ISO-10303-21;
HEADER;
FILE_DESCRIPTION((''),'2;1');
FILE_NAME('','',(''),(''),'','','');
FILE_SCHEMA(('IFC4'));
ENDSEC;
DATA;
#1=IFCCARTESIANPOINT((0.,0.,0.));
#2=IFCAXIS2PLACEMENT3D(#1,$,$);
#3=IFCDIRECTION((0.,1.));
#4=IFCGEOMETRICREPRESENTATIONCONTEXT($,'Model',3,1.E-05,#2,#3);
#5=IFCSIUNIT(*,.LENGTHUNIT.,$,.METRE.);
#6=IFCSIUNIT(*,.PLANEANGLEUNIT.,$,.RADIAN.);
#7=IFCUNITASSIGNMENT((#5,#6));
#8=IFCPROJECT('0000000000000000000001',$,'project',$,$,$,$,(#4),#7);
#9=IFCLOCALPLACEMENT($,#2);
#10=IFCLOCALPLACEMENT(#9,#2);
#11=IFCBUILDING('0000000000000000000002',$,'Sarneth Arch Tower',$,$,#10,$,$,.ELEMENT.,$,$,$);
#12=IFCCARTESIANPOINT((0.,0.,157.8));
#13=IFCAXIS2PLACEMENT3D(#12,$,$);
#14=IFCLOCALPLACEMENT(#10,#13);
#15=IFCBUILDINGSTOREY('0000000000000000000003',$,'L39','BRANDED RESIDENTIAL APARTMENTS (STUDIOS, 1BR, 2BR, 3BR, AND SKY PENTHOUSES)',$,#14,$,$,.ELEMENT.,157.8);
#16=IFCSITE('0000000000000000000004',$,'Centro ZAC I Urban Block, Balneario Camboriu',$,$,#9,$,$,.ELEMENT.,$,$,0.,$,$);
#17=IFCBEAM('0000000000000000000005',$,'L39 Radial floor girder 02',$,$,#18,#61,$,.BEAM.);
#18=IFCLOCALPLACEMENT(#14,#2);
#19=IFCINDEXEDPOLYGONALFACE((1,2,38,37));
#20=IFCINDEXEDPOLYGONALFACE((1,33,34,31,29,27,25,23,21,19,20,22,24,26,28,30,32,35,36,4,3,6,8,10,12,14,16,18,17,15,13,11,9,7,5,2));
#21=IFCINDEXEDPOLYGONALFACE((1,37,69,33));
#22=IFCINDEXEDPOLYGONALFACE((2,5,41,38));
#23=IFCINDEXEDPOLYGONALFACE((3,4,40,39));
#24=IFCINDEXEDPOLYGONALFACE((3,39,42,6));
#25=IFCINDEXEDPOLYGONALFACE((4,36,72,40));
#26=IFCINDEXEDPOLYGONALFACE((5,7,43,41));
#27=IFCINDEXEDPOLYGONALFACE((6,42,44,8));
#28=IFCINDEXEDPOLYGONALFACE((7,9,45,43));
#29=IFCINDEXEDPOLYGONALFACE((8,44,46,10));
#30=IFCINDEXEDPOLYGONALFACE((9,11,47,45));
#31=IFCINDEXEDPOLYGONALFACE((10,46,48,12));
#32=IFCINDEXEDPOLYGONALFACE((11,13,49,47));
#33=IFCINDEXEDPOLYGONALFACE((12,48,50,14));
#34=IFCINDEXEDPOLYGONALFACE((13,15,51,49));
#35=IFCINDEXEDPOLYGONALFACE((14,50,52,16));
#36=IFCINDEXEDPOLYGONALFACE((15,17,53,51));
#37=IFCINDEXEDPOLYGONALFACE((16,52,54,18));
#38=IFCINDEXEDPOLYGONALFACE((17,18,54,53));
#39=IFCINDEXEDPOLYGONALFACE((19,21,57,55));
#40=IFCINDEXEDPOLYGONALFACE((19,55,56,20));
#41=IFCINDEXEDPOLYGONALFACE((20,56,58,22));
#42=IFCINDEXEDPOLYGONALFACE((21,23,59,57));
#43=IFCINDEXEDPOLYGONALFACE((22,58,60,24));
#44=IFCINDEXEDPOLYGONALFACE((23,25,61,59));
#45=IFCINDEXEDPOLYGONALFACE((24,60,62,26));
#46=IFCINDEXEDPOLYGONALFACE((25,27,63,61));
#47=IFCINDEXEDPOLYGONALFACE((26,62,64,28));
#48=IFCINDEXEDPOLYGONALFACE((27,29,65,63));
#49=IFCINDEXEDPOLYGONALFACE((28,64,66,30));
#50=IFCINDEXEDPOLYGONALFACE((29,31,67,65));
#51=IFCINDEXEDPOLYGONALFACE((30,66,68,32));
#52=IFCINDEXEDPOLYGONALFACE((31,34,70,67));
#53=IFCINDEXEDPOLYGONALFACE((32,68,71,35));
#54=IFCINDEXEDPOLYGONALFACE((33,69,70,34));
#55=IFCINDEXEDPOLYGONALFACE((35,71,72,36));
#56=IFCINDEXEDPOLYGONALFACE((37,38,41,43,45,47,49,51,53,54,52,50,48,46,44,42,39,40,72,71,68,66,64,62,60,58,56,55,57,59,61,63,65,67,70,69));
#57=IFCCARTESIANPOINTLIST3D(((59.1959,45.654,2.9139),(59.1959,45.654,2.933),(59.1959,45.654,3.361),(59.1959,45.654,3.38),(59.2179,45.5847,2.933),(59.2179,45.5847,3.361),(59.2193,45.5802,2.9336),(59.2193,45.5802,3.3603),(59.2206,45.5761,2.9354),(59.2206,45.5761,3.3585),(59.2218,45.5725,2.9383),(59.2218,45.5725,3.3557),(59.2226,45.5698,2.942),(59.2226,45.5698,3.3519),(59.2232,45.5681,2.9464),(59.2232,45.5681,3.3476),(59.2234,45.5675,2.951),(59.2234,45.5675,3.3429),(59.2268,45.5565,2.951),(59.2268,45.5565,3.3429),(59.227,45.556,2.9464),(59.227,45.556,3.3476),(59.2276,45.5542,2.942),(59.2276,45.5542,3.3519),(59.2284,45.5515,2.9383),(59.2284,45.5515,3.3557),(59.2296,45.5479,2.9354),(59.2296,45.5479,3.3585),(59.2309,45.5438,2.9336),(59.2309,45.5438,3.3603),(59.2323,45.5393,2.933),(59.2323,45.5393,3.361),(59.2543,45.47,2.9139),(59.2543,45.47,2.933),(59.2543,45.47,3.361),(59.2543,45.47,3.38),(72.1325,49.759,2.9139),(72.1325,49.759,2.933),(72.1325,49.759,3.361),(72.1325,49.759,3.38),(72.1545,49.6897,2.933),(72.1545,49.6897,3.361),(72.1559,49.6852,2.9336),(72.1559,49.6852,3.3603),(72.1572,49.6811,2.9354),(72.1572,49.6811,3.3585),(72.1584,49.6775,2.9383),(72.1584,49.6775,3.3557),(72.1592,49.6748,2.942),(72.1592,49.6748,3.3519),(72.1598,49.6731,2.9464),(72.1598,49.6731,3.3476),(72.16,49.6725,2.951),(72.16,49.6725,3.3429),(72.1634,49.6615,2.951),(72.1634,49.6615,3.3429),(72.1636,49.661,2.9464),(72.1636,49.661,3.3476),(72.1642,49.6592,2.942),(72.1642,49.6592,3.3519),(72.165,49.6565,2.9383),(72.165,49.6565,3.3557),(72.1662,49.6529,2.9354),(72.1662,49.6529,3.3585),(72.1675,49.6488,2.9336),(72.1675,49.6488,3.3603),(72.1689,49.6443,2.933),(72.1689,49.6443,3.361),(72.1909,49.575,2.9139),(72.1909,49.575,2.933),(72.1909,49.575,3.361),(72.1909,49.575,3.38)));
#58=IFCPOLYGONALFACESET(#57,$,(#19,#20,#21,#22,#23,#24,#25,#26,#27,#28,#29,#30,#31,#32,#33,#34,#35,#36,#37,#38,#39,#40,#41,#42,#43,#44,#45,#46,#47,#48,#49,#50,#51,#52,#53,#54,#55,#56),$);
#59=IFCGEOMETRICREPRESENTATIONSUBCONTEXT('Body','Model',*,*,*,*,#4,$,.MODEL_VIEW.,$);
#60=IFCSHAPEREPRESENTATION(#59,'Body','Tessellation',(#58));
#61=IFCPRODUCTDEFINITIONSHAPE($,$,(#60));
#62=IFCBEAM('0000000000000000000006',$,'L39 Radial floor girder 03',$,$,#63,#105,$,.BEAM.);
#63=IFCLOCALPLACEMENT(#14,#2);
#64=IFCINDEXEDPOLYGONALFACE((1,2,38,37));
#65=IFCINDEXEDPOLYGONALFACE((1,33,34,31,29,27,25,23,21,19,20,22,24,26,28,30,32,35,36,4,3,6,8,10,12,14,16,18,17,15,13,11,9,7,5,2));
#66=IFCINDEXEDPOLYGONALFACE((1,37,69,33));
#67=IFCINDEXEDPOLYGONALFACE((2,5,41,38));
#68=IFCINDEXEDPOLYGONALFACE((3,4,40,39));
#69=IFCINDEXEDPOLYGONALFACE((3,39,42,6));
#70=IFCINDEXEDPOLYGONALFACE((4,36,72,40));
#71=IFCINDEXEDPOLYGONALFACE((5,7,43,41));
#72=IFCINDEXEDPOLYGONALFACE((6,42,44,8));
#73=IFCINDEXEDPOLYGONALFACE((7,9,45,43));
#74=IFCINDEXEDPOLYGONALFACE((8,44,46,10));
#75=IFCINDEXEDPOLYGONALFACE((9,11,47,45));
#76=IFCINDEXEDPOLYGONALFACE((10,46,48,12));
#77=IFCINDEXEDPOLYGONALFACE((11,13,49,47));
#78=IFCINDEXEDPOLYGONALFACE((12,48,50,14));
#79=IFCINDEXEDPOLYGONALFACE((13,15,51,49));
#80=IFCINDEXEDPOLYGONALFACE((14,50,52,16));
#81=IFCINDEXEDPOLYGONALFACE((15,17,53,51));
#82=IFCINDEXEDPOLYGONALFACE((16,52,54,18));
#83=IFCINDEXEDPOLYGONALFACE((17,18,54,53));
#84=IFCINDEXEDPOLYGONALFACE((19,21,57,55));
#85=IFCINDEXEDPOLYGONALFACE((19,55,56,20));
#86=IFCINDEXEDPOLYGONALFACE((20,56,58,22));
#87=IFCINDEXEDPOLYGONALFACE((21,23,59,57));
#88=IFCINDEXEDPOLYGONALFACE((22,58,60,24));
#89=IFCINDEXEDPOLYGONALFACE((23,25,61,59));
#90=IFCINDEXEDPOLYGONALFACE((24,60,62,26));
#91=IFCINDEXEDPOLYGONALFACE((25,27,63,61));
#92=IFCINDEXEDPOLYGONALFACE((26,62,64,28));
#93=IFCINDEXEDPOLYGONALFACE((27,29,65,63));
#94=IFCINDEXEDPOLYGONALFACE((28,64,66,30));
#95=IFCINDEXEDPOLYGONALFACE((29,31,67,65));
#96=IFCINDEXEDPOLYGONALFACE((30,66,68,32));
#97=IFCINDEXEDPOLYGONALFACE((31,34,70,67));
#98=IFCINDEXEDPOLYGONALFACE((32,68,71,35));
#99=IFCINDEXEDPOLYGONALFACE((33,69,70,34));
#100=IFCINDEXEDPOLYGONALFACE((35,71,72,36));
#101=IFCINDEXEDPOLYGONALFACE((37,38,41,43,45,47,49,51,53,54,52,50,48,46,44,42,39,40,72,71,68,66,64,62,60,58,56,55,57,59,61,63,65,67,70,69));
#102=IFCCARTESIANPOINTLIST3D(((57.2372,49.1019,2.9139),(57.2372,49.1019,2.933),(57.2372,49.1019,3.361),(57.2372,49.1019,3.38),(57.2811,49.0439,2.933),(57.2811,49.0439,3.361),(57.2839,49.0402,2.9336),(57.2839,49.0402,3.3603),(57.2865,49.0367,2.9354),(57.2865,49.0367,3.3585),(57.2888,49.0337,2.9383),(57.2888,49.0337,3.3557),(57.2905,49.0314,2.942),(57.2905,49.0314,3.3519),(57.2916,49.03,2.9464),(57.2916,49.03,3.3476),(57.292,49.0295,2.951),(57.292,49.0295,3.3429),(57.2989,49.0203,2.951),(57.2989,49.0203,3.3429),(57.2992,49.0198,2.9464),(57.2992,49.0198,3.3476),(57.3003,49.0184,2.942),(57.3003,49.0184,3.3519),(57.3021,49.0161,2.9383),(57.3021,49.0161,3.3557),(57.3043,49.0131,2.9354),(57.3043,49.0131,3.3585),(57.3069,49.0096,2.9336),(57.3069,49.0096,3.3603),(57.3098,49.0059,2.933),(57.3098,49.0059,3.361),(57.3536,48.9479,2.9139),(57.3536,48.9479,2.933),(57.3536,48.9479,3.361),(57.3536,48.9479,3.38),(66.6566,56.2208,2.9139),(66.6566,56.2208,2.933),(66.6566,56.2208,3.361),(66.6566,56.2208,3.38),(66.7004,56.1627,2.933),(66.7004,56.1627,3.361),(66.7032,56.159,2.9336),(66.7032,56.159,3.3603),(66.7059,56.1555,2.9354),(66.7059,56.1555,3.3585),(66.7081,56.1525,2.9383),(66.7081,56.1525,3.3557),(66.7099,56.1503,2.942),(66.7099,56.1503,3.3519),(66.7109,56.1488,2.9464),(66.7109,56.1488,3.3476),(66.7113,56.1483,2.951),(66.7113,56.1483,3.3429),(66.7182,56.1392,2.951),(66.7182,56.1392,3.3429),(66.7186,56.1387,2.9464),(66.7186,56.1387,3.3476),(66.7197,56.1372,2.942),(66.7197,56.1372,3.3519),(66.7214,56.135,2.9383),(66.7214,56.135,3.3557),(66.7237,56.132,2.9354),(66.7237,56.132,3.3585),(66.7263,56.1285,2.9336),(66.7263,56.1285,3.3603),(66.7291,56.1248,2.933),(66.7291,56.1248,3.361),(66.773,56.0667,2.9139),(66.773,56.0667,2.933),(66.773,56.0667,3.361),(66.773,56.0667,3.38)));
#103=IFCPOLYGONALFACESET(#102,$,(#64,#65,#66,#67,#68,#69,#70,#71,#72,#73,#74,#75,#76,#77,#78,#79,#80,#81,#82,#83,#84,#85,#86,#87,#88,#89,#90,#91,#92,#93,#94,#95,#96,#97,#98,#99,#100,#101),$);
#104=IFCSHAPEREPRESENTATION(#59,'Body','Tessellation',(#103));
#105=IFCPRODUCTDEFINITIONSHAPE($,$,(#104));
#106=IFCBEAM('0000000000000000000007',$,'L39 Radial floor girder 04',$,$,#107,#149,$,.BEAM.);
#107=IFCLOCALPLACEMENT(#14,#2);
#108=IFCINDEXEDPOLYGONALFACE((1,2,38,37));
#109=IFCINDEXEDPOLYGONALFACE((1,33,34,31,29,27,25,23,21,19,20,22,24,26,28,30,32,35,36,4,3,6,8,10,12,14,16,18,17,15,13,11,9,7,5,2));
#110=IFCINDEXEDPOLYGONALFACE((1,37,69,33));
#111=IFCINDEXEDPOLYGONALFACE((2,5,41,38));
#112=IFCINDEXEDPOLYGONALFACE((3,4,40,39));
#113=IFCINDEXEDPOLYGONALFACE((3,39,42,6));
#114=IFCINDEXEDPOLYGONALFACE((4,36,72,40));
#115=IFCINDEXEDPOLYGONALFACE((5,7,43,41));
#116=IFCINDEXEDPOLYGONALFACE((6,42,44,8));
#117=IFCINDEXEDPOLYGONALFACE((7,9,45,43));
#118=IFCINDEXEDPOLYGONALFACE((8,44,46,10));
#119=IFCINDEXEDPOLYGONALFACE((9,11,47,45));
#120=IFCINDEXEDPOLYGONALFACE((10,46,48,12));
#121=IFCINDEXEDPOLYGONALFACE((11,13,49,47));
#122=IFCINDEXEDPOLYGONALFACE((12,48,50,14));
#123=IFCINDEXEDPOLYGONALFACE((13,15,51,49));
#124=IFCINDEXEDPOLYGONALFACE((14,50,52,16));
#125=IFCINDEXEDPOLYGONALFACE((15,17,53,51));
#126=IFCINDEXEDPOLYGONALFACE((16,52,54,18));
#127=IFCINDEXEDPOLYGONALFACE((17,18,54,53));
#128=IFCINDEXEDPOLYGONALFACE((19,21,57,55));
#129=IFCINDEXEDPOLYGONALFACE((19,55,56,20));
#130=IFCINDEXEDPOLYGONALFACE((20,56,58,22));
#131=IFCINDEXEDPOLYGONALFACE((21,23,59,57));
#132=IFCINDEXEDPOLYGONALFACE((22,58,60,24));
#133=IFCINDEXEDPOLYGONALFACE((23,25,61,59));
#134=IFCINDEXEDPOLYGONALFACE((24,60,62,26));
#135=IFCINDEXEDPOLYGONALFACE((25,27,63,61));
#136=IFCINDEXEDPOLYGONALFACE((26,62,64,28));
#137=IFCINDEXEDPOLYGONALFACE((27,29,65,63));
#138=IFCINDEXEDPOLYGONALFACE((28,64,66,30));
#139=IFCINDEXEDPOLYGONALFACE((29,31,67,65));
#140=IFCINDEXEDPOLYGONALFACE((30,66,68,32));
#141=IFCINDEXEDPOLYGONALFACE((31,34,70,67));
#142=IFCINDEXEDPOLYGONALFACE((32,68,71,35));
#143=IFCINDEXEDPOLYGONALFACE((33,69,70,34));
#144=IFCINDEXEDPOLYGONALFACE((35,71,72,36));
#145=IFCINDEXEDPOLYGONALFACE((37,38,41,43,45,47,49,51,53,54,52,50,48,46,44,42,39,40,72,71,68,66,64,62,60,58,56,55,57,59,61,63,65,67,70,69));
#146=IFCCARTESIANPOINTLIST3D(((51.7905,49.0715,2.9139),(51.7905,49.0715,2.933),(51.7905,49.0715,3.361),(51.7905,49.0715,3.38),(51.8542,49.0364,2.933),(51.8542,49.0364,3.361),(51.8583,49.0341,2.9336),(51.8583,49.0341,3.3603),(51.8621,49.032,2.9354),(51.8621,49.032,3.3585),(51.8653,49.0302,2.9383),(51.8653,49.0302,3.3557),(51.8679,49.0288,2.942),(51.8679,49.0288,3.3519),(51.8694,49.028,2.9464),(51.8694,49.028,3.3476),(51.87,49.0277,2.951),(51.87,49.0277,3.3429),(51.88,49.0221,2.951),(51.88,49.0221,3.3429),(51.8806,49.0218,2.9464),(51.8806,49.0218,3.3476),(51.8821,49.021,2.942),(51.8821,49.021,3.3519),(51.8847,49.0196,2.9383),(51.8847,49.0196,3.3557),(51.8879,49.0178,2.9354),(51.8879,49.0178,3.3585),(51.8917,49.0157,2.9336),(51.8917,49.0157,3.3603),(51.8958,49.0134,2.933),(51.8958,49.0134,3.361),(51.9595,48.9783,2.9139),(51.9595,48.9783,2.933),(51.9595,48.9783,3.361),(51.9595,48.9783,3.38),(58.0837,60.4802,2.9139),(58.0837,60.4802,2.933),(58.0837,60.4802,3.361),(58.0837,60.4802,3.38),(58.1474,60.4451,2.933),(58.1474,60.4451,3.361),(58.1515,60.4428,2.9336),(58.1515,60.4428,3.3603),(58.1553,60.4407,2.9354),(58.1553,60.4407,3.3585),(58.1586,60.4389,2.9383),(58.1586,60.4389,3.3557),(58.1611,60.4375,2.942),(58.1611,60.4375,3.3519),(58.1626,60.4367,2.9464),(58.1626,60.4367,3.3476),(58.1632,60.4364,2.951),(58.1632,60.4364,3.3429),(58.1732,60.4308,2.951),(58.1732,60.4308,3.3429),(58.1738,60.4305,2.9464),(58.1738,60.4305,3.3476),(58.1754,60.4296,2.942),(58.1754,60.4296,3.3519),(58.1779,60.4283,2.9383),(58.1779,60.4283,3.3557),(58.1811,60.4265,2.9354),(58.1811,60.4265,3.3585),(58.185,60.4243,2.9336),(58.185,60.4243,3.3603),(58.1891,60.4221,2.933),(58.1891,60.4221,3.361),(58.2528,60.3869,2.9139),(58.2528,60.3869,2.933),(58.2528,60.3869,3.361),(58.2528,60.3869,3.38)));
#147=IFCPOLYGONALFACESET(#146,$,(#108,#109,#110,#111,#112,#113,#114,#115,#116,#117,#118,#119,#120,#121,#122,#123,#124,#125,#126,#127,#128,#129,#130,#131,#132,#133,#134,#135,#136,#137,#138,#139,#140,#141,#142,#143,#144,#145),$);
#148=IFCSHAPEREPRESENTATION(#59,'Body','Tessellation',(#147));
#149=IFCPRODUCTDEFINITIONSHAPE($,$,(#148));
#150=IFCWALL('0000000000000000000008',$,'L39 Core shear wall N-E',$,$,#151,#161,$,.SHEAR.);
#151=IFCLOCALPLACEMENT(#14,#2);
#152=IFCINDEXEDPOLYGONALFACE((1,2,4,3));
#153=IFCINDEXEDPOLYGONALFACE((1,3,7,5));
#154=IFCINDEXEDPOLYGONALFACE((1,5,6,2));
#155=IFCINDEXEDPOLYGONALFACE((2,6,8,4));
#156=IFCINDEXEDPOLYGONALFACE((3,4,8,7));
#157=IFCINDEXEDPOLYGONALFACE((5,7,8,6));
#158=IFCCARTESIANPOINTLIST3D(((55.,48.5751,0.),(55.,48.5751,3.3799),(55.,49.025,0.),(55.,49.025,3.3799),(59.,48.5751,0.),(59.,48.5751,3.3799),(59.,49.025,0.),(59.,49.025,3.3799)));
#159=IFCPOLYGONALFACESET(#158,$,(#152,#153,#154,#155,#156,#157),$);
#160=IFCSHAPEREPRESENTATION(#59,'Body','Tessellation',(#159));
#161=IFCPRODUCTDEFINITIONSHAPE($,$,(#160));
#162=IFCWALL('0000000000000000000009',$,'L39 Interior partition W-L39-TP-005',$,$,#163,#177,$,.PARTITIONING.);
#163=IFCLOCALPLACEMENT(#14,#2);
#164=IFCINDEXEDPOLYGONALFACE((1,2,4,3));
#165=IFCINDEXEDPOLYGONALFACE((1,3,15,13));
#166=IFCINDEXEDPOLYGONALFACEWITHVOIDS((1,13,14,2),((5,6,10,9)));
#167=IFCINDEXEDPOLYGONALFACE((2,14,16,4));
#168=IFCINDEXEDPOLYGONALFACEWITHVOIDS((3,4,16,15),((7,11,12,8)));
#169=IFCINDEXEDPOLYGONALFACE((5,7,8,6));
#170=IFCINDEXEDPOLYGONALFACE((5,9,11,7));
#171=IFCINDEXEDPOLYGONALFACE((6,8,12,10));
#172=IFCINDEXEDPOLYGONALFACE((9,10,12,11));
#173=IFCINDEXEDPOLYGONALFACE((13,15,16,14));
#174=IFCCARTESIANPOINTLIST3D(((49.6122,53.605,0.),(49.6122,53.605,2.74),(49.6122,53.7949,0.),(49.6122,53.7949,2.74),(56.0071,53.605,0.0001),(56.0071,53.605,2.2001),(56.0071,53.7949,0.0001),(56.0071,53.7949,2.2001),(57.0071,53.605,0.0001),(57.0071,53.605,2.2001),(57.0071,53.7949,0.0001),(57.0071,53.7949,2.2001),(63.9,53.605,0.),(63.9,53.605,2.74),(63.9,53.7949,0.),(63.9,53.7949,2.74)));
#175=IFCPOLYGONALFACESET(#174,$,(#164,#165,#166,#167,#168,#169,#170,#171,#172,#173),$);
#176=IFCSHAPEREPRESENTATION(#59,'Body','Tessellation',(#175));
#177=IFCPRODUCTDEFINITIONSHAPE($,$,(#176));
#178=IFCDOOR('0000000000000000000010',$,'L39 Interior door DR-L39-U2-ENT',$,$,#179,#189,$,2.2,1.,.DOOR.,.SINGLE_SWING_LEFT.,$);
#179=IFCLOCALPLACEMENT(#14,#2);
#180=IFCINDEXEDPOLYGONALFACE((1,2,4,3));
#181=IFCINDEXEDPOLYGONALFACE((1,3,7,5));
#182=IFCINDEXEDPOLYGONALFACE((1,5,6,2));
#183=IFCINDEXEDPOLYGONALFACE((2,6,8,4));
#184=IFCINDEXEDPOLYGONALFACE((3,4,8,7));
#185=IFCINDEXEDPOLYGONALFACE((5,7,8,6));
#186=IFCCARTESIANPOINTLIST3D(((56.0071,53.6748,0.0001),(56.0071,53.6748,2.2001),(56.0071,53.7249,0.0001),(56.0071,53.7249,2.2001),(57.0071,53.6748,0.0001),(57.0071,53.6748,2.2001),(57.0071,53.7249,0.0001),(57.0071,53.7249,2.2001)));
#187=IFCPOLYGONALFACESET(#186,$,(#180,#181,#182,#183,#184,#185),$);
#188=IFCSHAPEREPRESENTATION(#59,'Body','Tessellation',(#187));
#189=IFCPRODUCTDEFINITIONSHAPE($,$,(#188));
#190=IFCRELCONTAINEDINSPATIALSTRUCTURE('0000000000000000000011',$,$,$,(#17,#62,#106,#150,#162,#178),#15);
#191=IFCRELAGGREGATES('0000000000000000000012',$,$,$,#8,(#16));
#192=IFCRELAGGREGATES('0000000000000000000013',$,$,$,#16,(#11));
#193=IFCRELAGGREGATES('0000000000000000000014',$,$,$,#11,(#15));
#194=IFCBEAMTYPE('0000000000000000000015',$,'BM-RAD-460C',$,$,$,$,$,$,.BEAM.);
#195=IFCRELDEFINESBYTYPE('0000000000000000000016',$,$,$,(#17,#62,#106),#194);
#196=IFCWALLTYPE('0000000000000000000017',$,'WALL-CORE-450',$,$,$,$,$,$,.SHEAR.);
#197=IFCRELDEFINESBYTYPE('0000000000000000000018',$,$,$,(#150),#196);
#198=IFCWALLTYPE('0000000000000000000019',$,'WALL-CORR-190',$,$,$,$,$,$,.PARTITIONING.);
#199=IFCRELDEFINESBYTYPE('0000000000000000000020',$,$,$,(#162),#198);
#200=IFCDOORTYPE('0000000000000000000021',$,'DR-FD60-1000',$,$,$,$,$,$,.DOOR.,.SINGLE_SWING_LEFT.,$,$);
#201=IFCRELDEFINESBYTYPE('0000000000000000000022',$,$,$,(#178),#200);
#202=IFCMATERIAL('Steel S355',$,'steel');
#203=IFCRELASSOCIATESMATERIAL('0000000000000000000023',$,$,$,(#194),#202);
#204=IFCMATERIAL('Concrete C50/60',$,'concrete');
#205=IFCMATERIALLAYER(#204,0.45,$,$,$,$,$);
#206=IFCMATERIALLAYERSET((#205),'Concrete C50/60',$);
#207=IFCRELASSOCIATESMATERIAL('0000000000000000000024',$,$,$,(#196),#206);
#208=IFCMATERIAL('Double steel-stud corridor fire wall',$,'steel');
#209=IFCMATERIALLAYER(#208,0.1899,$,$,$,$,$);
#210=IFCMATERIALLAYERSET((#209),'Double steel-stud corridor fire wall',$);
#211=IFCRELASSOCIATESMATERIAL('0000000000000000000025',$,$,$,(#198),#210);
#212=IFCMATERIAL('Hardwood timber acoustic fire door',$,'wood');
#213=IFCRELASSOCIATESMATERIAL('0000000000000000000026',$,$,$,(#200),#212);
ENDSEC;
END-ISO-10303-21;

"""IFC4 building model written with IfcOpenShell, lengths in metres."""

from ifc_helpers import new_model, si_unit, direction, frame, frame_2d, origin, origin_2d, place, context, subcontext, project, spatial, rectangle, i_section, extrude, material, layer, layer_set, material_profile, profile_set, type_object, element, fill, save


model = new_model("IFC4")

# Units and contexts
model_context = context("Model", 3, precision=1e-05, world=origin(), true_north=direction((0.0, 1.0)))
body_context = subcontext(model_context, "Body", "Model", "MODEL_VIEW")
ifc_project = project(units=[si_unit("LENGTHUNIT", "METRE"), si_unit("PLANEANGLEUNIT", "RADIAN")], contexts=[model_context])

# Site, building, storey
site_placement = place(None, origin())
site = spatial("IfcSite", under=ifc_project, at=site_placement, Name="Centro ZAC I Urban Block, Balneario Camboriu", CompositionType="ELEMENT", RefElevation=0.0)
building_placement = place(site_placement, origin())
building = spatial("IfcBuilding", under=site, at=building_placement, Name="Sarneth Arch Tower", CompositionType="ELEMENT")
storey_placement = place(building_placement, frame((0.0, 0.0, 157.8)))
storey = spatial("IfcBuildingStorey", under=building, at=storey_placement, Name="L39", Description="BRANDED RESIDENTIAL APARTMENTS (STUDIOS, 1BR, 2BR, 3BR, AND SKY PENTHOUSES)", CompositionType="ELEMENT", Elevation=157.8)

# Beams
ifc_material_1 = material(Name="Steel S355", Category="steel")
ifc_material_profile_1 = material_profile(ifc_material_1, i_section(OverallWidth=0.1931, OverallDepth=0.4661, WebThickness=0.0115, FlangeThickness=0.019, FilletRadius=0.0181, at=origin_2d()), Name="W460x97")
ifc_profile_set_1 = profile_set([ifc_material_profile_1], Name="Steel S355")
beam_type_1 = type_object("IfcBeamType", Name="BM-RAD-460C", PredefinedType="BEAM", material=ifc_profile_set_1)
beam_1_placement = place(storey_placement, frame((59.2251, 45.562, 3.147), z_axis=(0.953164, 0.302455, 0.0), x_axis=(-0.302455, 0.953164, 0.0)))
element("IfcBeam", 1, at=beam_1_placement, inside=storey, type_object=beam_type_1, Name="L39 Radial floor girder 02", PredefinedType="BEAM", context=body_context, shape_type="SweptSolid", body=[
    extrude(i_section(OverallWidth=0.1931, OverallDepth=0.4661, WebThickness=0.0115, FlangeThickness=0.019, FilletRadius=0.0181, at=origin_2d()), origin(), (0.0, 0.0, 1.0), 13.5723),
])
beam_2_placement = place(storey_placement, frame((57.2954, 49.0249, 3.147), z_axis=(0.797786, 0.60294, 0.0), x_axis=(-0.60294, 0.797786, 0.0)))
element("IfcBeam", 2, at=beam_2_placement, inside=storey, type_object=beam_type_1, Name="L39 Radial floor girder 03", PredefinedType="BEAM", context=body_context, shape_type="SweptSolid", body=[
    extrude(i_section(OverallWidth=0.1931, OverallDepth=0.4661, WebThickness=0.0115, FlangeThickness=0.019, FilletRadius=0.0181, at=origin_2d()), origin(), (0.0, 0.0, 1.0), 11.8069),
])
beam_3_placement = place(storey_placement, frame((51.875, 49.0249, 3.147), z_axis=(0.483005, 0.875618, 0.0), x_axis=(-0.875618, 0.483005, 0.0)))
element("IfcBeam", 3, at=beam_3_placement, inside=storey, type_object=beam_type_1, Name="L39 Radial floor girder 04", PredefinedType="BEAM", context=body_context, shape_type="SweptSolid", body=[
    extrude(i_section(OverallWidth=0.1931, OverallDepth=0.4661, WebThickness=0.0115, FlangeThickness=0.019, FilletRadius=0.0181, at=origin_2d()), origin(), (0.0, 0.0, 1.0), 13.0293),
])

# Wall
ifc_material_2 = material(Name="Concrete C50/60", Category="concrete")
ifc_layer_1 = layer(ifc_material_2, 0.45)
ifc_layer_set_1 = layer_set([ifc_layer_1], Name="Concrete C50/60")
wall_type_1 = type_object("IfcWallType", Name="WALL-CORE-450", PredefinedType="SHEAR", material=ifc_layer_set_1)
wall_1_placement = place(storey_placement, frame((55.0, 48.8, 0.0), z_axis=(0.0, 0.0, 1.0), x_axis=(1.0, 0.0, 0.0)))
element("IfcWall", 4, at=wall_1_placement, inside=storey, type_object=wall_type_1, Name="L39 Core shear wall N-E", PredefinedType="SHEAR", context=body_context, shape_type="SweptSolid", body=[
    extrude(rectangle(XDim=4.0, YDim=0.45, at=frame_2d((2.0, 0.0))), origin(), (0.0, 0.0, 1.0), 3.3799),
])

# Wall, opening, door
ifc_material_3 = material(Name="Double steel-stud corridor fire wall", Category="steel")
ifc_layer_2 = layer(ifc_material_3, 0.1899)
ifc_layer_set_2 = layer_set([ifc_layer_2], Name="Double steel-stud corridor fire wall")
wall_type_2 = type_object("IfcWallType", Name="WALL-CORR-190", PredefinedType="PARTITIONING", material=ifc_layer_set_2)
wall_2_placement = place(storey_placement, frame((49.6121, 53.7, 0.0), z_axis=(0.0, 0.0, 1.0), x_axis=(1.0, 0.0, 0.0)))
wall_2 = element("IfcWall", 5, at=wall_2_placement, inside=storey, type_object=wall_type_2, Name="L39 Interior partition W-L39-TP-005", PredefinedType="PARTITIONING", context=body_context, shape_type="SweptSolid", body=[
    extrude(rectangle(XDim=14.2878, YDim=0.1899, at=frame_2d((7.144, 0.0))), origin(), (0.0, 0.0, 1.0), 2.74),
])
opening_1_placement = place(wall_2_placement, frame((6.395, 0.0, 0.0)))
opening_1 = element("IfcOpeningElement", 6, at=opening_1_placement, cuts=wall_2, PredefinedType="OPENING", context=body_context, shape_type="SweptSolid", body=[
    extrude(rectangle(XDim=1.0, YDim=2.2, at=frame_2d((0.5, 1.1001))), frame((0.0, 0.105, 0.0), z_axis=(0.0, -1.0, 0.0), x_axis=(1.0, 0.0, 0.0)), (0.0, 0.0, 1.0), 0.21),
])
ifc_material_4 = material(Name="Hardwood timber acoustic fire door", Category="wood")
door_type_1 = type_object("IfcDoorType", Name="DR-FD60-1000", OperationType="SINGLE_SWING_LEFT", PredefinedType="DOOR", material=ifc_material_4)
door_1_placement = place(opening_1_placement, origin())
door_1 = element("IfcDoor", 7, at=door_1_placement, inside=storey, type_object=door_type_1, Name="L39 Interior door DR-L39-U2-ENT", OperationType="SINGLE_SWING_LEFT", OverallHeight=2.2, OverallWidth=1.0, PredefinedType="DOOR", context=body_context, shape_type="SweptSolid", body=[
    extrude(rectangle(XDim=1.0, YDim=2.2, at=frame_2d((0.5, 1.1001))), frame((0.0, 0.0249, 0.0), z_axis=(0.0, -1.0, 0.0), x_axis=(1.0, 0.0, 0.0)), (0.0, 0.0, 1.0), 0.05),
])
fill(opening_1, door_1)

save(model, "model.ifc")
